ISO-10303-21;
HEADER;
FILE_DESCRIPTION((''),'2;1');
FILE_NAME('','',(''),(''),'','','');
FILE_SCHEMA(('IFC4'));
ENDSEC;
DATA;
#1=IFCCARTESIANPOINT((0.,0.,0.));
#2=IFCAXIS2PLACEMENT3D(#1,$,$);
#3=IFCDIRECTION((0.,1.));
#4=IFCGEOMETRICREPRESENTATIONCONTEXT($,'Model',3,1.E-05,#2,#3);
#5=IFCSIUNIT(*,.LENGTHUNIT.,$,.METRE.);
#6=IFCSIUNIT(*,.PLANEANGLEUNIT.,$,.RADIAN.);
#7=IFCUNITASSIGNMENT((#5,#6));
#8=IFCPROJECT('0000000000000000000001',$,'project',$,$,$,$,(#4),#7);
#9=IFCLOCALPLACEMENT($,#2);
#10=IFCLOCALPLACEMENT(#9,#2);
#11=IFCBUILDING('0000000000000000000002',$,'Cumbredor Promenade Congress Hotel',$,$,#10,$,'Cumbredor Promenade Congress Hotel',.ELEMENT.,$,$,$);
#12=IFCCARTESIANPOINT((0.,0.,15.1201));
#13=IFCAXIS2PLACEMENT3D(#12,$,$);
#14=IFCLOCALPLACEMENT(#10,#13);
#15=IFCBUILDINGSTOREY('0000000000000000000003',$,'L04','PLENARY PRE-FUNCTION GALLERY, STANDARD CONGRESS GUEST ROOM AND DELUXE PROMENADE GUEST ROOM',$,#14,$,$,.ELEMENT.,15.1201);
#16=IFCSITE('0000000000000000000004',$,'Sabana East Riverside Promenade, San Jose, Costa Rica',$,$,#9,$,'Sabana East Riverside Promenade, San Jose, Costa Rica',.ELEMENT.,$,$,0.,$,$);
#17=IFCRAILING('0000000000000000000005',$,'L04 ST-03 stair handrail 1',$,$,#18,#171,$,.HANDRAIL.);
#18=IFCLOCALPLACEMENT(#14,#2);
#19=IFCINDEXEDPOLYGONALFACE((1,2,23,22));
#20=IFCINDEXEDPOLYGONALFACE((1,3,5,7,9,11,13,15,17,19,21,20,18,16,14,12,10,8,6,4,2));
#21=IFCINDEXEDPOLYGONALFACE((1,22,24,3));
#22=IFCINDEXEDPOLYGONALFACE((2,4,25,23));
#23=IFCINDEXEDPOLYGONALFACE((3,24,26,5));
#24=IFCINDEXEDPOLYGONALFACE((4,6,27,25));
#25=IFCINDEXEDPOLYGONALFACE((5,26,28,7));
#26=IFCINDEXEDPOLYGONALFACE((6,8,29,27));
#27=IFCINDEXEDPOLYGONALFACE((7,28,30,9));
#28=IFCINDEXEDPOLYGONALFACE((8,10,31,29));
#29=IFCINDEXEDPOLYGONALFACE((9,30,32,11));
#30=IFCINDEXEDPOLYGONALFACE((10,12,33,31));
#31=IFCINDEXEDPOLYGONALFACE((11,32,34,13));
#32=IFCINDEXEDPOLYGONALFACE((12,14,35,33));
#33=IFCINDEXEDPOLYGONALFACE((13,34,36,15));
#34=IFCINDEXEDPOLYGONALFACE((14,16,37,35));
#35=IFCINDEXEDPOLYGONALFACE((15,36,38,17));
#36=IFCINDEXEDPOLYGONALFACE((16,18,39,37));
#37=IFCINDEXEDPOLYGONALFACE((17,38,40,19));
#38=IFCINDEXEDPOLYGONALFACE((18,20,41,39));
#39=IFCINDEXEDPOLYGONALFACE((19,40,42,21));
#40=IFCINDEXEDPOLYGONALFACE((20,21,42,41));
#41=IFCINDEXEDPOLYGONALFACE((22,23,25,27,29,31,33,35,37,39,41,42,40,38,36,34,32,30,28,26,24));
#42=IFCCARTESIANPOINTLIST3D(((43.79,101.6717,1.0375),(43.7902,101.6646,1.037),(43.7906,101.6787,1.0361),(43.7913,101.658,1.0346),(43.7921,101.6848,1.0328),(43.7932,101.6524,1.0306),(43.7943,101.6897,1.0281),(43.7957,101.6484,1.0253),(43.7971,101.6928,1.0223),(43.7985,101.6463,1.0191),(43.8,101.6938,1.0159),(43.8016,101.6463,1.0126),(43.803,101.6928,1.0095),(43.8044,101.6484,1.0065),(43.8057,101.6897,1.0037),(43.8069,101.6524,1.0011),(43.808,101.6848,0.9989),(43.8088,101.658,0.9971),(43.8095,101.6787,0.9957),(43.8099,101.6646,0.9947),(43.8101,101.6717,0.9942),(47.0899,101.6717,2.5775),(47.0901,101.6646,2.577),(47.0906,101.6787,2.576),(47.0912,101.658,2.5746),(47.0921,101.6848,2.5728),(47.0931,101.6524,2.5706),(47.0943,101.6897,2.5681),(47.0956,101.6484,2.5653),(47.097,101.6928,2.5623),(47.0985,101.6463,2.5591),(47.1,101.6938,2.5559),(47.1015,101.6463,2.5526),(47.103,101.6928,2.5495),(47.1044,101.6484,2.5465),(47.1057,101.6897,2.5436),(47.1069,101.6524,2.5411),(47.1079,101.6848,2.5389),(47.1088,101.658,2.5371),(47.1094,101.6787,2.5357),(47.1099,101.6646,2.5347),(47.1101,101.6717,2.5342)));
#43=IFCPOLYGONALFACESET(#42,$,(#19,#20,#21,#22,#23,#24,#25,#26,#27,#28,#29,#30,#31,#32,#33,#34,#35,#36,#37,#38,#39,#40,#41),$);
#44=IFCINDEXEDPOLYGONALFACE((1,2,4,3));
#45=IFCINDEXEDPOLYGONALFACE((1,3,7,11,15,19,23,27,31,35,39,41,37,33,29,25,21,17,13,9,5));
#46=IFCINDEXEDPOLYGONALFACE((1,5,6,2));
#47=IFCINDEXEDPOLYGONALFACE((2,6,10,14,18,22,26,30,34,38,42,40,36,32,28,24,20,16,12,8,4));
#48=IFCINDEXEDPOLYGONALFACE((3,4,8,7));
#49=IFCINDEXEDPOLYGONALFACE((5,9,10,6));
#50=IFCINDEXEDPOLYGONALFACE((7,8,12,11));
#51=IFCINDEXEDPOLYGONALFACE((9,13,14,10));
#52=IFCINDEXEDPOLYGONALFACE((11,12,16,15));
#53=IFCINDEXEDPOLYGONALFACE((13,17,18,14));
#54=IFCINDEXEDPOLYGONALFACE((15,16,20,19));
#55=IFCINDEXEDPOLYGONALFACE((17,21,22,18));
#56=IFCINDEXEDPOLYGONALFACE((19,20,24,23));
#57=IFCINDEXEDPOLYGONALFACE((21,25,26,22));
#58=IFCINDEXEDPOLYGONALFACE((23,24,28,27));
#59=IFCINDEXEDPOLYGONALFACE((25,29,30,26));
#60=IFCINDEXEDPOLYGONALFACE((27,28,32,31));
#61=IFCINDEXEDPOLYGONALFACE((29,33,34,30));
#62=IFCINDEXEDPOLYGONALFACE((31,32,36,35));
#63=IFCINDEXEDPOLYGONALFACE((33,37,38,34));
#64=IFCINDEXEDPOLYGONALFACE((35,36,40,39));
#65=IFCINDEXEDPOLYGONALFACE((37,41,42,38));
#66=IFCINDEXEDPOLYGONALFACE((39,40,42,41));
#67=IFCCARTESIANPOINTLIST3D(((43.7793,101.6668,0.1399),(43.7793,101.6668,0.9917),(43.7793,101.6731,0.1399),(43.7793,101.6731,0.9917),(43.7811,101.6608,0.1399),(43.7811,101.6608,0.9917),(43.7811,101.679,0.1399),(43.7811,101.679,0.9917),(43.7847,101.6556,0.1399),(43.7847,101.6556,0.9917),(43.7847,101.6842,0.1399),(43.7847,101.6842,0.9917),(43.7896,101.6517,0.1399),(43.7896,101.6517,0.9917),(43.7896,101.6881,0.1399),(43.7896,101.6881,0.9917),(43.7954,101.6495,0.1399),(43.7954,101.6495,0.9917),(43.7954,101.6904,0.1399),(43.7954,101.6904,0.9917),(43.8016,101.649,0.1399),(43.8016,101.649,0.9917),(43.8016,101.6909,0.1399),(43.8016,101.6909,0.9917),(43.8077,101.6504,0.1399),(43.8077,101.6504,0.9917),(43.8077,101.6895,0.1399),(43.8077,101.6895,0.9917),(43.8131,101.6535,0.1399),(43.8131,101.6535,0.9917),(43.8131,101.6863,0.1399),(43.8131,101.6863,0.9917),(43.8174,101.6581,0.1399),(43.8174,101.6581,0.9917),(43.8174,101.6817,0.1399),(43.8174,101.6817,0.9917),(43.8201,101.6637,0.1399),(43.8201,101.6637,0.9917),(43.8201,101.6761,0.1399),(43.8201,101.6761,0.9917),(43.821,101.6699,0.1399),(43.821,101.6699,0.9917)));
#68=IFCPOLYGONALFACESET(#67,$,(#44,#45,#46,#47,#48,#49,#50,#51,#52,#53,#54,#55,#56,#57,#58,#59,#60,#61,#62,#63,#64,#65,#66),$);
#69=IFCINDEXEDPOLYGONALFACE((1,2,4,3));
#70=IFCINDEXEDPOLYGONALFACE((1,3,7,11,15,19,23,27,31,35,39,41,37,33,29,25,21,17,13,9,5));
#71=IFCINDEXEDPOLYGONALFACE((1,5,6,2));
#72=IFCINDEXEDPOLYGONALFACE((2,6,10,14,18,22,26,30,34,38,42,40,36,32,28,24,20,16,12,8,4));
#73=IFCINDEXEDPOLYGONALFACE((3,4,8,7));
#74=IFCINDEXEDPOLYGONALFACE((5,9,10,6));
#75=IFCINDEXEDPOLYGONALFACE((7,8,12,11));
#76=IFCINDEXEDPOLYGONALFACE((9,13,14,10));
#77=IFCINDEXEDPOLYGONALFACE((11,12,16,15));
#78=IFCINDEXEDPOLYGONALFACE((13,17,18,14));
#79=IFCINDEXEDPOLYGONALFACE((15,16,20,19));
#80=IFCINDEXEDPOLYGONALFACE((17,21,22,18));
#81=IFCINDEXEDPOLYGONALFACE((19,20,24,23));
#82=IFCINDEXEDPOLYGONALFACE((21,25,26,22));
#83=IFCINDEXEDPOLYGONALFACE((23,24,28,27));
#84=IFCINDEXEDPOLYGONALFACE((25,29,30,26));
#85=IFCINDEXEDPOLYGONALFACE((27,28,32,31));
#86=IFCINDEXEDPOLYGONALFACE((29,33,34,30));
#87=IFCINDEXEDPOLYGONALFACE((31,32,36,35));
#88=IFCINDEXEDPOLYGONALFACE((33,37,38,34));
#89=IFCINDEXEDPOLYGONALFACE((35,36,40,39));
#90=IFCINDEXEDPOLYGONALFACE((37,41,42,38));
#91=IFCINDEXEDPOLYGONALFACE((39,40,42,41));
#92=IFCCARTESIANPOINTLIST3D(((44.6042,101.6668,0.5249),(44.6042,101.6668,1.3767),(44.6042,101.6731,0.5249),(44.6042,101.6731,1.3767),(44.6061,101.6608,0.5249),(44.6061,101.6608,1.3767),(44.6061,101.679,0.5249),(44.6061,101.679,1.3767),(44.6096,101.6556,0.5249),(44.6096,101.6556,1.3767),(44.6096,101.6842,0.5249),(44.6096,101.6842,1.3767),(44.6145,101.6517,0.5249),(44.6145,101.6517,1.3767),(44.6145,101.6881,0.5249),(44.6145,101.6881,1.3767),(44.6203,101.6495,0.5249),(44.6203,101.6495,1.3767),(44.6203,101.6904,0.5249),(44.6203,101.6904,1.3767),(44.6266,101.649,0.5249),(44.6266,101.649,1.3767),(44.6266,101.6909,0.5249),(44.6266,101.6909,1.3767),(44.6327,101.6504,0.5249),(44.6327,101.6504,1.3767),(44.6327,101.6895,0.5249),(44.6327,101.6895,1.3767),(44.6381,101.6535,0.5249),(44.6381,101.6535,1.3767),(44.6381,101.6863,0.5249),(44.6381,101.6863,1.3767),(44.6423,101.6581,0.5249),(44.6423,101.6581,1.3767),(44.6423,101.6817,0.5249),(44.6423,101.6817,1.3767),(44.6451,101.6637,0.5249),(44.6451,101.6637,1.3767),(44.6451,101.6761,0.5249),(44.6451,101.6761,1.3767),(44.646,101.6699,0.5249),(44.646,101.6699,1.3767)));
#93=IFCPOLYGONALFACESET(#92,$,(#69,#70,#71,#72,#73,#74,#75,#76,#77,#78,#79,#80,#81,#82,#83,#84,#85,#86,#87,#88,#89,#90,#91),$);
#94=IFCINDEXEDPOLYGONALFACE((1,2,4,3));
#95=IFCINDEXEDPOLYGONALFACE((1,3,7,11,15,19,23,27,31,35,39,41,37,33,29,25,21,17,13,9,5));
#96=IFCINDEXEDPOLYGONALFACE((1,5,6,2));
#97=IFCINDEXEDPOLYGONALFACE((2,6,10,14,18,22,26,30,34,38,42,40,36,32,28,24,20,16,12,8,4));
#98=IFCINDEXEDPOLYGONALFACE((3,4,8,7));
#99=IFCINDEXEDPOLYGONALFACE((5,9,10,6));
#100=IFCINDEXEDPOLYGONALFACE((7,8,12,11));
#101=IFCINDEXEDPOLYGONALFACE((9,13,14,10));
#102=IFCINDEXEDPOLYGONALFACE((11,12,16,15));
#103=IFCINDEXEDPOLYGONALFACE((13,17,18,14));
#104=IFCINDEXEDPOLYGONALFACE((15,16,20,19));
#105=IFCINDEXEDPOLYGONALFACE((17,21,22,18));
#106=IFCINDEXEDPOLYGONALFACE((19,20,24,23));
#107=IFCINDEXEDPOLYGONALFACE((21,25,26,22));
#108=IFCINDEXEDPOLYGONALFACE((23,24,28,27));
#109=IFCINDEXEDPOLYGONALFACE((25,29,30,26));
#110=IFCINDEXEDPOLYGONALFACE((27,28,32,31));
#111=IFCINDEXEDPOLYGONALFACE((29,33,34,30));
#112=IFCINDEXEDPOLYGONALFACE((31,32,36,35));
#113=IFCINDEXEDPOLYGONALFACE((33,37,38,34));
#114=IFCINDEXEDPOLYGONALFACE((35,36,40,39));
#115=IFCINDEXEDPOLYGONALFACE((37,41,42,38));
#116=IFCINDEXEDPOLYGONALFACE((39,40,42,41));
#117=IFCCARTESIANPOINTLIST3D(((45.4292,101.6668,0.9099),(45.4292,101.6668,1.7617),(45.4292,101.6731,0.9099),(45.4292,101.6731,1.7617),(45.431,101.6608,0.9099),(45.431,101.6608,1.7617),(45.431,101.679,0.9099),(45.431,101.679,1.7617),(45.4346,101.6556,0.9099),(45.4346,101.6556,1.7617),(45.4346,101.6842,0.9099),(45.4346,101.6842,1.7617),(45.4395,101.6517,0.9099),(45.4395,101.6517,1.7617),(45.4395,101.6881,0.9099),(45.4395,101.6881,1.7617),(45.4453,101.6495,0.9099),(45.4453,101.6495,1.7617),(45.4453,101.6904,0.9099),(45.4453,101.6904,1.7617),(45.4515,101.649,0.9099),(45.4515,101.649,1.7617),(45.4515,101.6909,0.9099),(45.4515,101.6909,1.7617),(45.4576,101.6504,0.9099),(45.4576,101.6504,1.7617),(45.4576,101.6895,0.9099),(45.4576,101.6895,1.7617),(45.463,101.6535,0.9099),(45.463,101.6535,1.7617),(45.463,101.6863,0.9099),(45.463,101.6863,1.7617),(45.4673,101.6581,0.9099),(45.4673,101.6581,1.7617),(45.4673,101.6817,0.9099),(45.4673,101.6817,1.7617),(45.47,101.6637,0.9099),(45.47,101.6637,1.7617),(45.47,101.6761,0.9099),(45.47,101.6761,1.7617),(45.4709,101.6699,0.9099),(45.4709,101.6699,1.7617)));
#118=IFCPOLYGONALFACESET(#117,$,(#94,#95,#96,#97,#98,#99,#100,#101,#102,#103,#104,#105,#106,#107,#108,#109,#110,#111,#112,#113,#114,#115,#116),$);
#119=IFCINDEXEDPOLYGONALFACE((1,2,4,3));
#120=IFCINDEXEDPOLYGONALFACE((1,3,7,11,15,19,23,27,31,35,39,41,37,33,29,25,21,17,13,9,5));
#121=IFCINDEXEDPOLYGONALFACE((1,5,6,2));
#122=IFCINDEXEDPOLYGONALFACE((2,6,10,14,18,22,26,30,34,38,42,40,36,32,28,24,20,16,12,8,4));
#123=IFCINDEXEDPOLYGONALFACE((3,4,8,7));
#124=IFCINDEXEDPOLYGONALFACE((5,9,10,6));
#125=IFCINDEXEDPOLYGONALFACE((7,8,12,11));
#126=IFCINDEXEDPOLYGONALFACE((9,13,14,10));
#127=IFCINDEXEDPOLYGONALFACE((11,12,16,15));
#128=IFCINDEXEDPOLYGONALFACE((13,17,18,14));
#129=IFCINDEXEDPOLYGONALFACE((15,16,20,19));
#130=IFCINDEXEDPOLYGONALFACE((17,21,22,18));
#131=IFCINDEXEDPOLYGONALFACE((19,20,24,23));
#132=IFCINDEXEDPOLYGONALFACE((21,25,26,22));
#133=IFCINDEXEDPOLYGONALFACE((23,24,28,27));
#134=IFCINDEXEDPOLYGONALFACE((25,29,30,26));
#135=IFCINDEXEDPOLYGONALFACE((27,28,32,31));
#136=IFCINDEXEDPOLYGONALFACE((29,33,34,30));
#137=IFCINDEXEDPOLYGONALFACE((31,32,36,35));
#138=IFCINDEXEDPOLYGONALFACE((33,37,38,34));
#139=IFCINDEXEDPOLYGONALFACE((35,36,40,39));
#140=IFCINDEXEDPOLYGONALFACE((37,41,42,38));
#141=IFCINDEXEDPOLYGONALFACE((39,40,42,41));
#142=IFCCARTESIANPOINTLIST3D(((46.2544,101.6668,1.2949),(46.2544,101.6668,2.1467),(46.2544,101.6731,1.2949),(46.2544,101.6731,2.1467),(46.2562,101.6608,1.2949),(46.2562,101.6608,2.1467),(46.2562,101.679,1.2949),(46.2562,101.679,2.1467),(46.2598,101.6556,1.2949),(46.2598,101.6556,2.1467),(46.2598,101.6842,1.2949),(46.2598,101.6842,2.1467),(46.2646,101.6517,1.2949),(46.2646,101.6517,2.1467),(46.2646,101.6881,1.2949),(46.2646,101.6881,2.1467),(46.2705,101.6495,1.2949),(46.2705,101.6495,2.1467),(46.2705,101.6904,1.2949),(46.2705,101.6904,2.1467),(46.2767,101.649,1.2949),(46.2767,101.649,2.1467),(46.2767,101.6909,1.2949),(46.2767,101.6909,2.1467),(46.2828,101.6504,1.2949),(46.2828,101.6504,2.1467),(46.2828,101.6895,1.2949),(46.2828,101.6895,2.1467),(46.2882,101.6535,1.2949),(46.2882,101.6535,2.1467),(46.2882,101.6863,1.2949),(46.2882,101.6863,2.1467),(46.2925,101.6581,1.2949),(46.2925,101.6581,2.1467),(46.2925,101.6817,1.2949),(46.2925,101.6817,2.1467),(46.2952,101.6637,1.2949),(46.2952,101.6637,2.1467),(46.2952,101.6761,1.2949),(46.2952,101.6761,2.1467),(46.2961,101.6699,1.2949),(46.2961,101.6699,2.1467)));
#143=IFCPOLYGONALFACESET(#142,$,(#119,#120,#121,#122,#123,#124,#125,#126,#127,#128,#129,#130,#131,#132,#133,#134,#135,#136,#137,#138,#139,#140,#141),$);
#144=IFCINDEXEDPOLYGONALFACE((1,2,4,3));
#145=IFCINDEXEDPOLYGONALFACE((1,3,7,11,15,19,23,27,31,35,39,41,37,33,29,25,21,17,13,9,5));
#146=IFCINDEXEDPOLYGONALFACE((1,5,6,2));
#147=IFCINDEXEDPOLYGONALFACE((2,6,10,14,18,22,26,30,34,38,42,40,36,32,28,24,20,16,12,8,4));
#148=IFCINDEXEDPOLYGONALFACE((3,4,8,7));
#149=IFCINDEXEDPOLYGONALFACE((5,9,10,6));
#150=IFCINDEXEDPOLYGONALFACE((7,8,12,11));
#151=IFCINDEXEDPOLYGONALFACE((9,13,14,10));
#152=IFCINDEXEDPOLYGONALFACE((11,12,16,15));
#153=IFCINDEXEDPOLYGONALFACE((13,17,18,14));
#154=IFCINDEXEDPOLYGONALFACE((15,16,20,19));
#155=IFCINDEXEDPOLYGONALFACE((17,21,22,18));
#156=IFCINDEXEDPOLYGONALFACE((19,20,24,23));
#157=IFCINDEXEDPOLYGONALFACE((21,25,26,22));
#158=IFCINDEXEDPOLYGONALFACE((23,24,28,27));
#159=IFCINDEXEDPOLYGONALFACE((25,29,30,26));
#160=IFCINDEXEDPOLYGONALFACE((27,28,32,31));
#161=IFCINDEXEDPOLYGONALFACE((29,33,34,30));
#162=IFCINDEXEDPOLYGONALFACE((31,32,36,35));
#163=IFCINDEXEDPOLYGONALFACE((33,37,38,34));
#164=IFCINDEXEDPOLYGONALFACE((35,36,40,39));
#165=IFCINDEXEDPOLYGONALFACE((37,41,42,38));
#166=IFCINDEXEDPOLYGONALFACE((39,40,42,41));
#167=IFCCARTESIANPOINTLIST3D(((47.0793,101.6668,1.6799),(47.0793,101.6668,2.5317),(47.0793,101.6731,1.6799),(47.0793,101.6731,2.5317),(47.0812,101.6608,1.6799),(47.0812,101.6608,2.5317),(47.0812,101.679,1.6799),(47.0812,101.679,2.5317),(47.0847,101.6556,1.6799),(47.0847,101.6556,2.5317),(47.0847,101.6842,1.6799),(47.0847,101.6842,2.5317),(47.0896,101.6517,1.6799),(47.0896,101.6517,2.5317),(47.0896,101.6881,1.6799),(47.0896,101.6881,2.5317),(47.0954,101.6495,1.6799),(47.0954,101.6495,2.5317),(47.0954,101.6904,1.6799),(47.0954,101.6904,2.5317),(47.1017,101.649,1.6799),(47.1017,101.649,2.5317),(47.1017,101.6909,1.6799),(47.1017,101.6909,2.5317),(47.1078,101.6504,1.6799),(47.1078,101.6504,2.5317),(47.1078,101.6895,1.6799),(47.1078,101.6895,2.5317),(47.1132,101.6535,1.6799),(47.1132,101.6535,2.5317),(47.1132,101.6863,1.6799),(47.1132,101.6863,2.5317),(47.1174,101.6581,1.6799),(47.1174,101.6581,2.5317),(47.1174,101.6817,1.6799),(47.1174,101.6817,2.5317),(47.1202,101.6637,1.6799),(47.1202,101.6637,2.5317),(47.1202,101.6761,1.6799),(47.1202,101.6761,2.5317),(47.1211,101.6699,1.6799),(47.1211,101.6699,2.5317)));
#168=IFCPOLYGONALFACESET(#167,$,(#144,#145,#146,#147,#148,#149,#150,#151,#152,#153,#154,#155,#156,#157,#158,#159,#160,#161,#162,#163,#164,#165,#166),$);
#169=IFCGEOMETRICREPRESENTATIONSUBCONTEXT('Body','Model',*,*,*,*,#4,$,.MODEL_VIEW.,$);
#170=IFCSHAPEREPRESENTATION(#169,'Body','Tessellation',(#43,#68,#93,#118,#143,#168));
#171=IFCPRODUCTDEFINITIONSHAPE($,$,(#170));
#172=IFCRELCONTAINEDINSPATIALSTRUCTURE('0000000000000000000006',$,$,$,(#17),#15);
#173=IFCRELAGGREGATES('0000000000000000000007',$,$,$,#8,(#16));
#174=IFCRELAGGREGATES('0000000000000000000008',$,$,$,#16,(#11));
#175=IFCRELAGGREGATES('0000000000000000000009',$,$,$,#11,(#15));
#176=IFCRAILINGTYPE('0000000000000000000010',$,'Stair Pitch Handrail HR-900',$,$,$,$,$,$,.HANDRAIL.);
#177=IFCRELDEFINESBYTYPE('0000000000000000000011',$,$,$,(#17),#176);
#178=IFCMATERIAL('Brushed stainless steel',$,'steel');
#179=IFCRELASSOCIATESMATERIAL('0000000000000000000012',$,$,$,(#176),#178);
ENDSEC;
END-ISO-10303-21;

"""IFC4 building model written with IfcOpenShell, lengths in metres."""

from ifc_helpers import new_model, si_unit, direction, frame, origin, origin_2d, place, context, subcontext, project, spatial, circle, extrude, material, type_object, element, save


model = new_model("IFC4")

# Units and contexts
model_context = context("Model", 3, precision=1e-05, world=origin(), true_north=direction((0.0, 1.0)))
body_context = subcontext(model_context, "Body", "Model", "MODEL_VIEW")
ifc_project = project(units=[si_unit("LENGTHUNIT", "METRE"), si_unit("PLANEANGLEUNIT", "RADIAN")], contexts=[model_context])

# Site, building, storey
site_placement = place(None, origin())
site = spatial("IfcSite", under=ifc_project, at=site_placement, Name="Sabana East Riverside Promenade, San Jose, Costa Rica", LongName="Sabana East Riverside Promenade, San Jose, Costa Rica", CompositionType="ELEMENT", RefElevation=0.0)
building_placement = place(site_placement, origin())
building = spatial("IfcBuilding", under=site, at=building_placement, Name="Cumbredor Promenade Congress Hotel", LongName="Cumbredor Promenade Congress Hotel", CompositionType="ELEMENT")
storey_placement = place(building_placement, frame((0.0, 0.0, 15.1201)))
storey = spatial("IfcBuildingStorey", under=building, at=storey_placement, Name="L04", Description="PLENARY PRE-FUNCTION GALLERY, STANDARD CONGRESS GUEST ROOM AND DELUXE PROMENADE GUEST ROOM", CompositionType="ELEMENT", Elevation=15.1201)

# Railing
ifc_material_1 = material(Name="Brushed stainless steel", Category="steel")
railing_type_1 = type_object("IfcRailingType", Name="Stair Pitch Handrail HR-900", PredefinedType="HANDRAIL", material=ifc_material_1)
railing_1_placement = place(storey_placement, frame((43.8, 101.6699, 0.1399)))
element("IfcRailing", 1, at=railing_1_placement, inside=storey, type_object=railing_type_1, Name="L04 ST-03 stair handrail 1", PredefinedType="HANDRAIL", context=body_context, shape_type="SweptSolid", body=[
    extrude(circle(Radius=0.0239, at=origin_2d()), frame((0.0, 0.0, 0.876), z_axis=(0.906181, 0.0, 0.422889), x_axis=(0.0, 1.0, 0.0)), (0.0, 0.0, 1.0), 3.6416),
    extrude(circle(Radius=0.021, at=origin_2d()), origin(), (0.0, 0.0, 1.0), 0.8518),
    extrude(circle(Radius=0.021, at=origin_2d()), frame((0.825, 0.0, 0.385)), (0.0, 0.0, 1.0), 0.8518),
    extrude(circle(Radius=0.021, at=origin_2d()), frame((1.6499, 0.0, 0.77)), (0.0, 0.0, 1.0), 0.8518),
    extrude(circle(Radius=0.021, at=origin_2d()), frame((2.4751, 0.0, 1.155)), (0.0, 0.0, 1.0), 0.8518),
    extrude(circle(Radius=0.021, at=origin_2d()), frame((3.3, 0.0, 1.54)), (0.0, 0.0, 1.0), 0.8518),
])

save(model, "model.ifc")
